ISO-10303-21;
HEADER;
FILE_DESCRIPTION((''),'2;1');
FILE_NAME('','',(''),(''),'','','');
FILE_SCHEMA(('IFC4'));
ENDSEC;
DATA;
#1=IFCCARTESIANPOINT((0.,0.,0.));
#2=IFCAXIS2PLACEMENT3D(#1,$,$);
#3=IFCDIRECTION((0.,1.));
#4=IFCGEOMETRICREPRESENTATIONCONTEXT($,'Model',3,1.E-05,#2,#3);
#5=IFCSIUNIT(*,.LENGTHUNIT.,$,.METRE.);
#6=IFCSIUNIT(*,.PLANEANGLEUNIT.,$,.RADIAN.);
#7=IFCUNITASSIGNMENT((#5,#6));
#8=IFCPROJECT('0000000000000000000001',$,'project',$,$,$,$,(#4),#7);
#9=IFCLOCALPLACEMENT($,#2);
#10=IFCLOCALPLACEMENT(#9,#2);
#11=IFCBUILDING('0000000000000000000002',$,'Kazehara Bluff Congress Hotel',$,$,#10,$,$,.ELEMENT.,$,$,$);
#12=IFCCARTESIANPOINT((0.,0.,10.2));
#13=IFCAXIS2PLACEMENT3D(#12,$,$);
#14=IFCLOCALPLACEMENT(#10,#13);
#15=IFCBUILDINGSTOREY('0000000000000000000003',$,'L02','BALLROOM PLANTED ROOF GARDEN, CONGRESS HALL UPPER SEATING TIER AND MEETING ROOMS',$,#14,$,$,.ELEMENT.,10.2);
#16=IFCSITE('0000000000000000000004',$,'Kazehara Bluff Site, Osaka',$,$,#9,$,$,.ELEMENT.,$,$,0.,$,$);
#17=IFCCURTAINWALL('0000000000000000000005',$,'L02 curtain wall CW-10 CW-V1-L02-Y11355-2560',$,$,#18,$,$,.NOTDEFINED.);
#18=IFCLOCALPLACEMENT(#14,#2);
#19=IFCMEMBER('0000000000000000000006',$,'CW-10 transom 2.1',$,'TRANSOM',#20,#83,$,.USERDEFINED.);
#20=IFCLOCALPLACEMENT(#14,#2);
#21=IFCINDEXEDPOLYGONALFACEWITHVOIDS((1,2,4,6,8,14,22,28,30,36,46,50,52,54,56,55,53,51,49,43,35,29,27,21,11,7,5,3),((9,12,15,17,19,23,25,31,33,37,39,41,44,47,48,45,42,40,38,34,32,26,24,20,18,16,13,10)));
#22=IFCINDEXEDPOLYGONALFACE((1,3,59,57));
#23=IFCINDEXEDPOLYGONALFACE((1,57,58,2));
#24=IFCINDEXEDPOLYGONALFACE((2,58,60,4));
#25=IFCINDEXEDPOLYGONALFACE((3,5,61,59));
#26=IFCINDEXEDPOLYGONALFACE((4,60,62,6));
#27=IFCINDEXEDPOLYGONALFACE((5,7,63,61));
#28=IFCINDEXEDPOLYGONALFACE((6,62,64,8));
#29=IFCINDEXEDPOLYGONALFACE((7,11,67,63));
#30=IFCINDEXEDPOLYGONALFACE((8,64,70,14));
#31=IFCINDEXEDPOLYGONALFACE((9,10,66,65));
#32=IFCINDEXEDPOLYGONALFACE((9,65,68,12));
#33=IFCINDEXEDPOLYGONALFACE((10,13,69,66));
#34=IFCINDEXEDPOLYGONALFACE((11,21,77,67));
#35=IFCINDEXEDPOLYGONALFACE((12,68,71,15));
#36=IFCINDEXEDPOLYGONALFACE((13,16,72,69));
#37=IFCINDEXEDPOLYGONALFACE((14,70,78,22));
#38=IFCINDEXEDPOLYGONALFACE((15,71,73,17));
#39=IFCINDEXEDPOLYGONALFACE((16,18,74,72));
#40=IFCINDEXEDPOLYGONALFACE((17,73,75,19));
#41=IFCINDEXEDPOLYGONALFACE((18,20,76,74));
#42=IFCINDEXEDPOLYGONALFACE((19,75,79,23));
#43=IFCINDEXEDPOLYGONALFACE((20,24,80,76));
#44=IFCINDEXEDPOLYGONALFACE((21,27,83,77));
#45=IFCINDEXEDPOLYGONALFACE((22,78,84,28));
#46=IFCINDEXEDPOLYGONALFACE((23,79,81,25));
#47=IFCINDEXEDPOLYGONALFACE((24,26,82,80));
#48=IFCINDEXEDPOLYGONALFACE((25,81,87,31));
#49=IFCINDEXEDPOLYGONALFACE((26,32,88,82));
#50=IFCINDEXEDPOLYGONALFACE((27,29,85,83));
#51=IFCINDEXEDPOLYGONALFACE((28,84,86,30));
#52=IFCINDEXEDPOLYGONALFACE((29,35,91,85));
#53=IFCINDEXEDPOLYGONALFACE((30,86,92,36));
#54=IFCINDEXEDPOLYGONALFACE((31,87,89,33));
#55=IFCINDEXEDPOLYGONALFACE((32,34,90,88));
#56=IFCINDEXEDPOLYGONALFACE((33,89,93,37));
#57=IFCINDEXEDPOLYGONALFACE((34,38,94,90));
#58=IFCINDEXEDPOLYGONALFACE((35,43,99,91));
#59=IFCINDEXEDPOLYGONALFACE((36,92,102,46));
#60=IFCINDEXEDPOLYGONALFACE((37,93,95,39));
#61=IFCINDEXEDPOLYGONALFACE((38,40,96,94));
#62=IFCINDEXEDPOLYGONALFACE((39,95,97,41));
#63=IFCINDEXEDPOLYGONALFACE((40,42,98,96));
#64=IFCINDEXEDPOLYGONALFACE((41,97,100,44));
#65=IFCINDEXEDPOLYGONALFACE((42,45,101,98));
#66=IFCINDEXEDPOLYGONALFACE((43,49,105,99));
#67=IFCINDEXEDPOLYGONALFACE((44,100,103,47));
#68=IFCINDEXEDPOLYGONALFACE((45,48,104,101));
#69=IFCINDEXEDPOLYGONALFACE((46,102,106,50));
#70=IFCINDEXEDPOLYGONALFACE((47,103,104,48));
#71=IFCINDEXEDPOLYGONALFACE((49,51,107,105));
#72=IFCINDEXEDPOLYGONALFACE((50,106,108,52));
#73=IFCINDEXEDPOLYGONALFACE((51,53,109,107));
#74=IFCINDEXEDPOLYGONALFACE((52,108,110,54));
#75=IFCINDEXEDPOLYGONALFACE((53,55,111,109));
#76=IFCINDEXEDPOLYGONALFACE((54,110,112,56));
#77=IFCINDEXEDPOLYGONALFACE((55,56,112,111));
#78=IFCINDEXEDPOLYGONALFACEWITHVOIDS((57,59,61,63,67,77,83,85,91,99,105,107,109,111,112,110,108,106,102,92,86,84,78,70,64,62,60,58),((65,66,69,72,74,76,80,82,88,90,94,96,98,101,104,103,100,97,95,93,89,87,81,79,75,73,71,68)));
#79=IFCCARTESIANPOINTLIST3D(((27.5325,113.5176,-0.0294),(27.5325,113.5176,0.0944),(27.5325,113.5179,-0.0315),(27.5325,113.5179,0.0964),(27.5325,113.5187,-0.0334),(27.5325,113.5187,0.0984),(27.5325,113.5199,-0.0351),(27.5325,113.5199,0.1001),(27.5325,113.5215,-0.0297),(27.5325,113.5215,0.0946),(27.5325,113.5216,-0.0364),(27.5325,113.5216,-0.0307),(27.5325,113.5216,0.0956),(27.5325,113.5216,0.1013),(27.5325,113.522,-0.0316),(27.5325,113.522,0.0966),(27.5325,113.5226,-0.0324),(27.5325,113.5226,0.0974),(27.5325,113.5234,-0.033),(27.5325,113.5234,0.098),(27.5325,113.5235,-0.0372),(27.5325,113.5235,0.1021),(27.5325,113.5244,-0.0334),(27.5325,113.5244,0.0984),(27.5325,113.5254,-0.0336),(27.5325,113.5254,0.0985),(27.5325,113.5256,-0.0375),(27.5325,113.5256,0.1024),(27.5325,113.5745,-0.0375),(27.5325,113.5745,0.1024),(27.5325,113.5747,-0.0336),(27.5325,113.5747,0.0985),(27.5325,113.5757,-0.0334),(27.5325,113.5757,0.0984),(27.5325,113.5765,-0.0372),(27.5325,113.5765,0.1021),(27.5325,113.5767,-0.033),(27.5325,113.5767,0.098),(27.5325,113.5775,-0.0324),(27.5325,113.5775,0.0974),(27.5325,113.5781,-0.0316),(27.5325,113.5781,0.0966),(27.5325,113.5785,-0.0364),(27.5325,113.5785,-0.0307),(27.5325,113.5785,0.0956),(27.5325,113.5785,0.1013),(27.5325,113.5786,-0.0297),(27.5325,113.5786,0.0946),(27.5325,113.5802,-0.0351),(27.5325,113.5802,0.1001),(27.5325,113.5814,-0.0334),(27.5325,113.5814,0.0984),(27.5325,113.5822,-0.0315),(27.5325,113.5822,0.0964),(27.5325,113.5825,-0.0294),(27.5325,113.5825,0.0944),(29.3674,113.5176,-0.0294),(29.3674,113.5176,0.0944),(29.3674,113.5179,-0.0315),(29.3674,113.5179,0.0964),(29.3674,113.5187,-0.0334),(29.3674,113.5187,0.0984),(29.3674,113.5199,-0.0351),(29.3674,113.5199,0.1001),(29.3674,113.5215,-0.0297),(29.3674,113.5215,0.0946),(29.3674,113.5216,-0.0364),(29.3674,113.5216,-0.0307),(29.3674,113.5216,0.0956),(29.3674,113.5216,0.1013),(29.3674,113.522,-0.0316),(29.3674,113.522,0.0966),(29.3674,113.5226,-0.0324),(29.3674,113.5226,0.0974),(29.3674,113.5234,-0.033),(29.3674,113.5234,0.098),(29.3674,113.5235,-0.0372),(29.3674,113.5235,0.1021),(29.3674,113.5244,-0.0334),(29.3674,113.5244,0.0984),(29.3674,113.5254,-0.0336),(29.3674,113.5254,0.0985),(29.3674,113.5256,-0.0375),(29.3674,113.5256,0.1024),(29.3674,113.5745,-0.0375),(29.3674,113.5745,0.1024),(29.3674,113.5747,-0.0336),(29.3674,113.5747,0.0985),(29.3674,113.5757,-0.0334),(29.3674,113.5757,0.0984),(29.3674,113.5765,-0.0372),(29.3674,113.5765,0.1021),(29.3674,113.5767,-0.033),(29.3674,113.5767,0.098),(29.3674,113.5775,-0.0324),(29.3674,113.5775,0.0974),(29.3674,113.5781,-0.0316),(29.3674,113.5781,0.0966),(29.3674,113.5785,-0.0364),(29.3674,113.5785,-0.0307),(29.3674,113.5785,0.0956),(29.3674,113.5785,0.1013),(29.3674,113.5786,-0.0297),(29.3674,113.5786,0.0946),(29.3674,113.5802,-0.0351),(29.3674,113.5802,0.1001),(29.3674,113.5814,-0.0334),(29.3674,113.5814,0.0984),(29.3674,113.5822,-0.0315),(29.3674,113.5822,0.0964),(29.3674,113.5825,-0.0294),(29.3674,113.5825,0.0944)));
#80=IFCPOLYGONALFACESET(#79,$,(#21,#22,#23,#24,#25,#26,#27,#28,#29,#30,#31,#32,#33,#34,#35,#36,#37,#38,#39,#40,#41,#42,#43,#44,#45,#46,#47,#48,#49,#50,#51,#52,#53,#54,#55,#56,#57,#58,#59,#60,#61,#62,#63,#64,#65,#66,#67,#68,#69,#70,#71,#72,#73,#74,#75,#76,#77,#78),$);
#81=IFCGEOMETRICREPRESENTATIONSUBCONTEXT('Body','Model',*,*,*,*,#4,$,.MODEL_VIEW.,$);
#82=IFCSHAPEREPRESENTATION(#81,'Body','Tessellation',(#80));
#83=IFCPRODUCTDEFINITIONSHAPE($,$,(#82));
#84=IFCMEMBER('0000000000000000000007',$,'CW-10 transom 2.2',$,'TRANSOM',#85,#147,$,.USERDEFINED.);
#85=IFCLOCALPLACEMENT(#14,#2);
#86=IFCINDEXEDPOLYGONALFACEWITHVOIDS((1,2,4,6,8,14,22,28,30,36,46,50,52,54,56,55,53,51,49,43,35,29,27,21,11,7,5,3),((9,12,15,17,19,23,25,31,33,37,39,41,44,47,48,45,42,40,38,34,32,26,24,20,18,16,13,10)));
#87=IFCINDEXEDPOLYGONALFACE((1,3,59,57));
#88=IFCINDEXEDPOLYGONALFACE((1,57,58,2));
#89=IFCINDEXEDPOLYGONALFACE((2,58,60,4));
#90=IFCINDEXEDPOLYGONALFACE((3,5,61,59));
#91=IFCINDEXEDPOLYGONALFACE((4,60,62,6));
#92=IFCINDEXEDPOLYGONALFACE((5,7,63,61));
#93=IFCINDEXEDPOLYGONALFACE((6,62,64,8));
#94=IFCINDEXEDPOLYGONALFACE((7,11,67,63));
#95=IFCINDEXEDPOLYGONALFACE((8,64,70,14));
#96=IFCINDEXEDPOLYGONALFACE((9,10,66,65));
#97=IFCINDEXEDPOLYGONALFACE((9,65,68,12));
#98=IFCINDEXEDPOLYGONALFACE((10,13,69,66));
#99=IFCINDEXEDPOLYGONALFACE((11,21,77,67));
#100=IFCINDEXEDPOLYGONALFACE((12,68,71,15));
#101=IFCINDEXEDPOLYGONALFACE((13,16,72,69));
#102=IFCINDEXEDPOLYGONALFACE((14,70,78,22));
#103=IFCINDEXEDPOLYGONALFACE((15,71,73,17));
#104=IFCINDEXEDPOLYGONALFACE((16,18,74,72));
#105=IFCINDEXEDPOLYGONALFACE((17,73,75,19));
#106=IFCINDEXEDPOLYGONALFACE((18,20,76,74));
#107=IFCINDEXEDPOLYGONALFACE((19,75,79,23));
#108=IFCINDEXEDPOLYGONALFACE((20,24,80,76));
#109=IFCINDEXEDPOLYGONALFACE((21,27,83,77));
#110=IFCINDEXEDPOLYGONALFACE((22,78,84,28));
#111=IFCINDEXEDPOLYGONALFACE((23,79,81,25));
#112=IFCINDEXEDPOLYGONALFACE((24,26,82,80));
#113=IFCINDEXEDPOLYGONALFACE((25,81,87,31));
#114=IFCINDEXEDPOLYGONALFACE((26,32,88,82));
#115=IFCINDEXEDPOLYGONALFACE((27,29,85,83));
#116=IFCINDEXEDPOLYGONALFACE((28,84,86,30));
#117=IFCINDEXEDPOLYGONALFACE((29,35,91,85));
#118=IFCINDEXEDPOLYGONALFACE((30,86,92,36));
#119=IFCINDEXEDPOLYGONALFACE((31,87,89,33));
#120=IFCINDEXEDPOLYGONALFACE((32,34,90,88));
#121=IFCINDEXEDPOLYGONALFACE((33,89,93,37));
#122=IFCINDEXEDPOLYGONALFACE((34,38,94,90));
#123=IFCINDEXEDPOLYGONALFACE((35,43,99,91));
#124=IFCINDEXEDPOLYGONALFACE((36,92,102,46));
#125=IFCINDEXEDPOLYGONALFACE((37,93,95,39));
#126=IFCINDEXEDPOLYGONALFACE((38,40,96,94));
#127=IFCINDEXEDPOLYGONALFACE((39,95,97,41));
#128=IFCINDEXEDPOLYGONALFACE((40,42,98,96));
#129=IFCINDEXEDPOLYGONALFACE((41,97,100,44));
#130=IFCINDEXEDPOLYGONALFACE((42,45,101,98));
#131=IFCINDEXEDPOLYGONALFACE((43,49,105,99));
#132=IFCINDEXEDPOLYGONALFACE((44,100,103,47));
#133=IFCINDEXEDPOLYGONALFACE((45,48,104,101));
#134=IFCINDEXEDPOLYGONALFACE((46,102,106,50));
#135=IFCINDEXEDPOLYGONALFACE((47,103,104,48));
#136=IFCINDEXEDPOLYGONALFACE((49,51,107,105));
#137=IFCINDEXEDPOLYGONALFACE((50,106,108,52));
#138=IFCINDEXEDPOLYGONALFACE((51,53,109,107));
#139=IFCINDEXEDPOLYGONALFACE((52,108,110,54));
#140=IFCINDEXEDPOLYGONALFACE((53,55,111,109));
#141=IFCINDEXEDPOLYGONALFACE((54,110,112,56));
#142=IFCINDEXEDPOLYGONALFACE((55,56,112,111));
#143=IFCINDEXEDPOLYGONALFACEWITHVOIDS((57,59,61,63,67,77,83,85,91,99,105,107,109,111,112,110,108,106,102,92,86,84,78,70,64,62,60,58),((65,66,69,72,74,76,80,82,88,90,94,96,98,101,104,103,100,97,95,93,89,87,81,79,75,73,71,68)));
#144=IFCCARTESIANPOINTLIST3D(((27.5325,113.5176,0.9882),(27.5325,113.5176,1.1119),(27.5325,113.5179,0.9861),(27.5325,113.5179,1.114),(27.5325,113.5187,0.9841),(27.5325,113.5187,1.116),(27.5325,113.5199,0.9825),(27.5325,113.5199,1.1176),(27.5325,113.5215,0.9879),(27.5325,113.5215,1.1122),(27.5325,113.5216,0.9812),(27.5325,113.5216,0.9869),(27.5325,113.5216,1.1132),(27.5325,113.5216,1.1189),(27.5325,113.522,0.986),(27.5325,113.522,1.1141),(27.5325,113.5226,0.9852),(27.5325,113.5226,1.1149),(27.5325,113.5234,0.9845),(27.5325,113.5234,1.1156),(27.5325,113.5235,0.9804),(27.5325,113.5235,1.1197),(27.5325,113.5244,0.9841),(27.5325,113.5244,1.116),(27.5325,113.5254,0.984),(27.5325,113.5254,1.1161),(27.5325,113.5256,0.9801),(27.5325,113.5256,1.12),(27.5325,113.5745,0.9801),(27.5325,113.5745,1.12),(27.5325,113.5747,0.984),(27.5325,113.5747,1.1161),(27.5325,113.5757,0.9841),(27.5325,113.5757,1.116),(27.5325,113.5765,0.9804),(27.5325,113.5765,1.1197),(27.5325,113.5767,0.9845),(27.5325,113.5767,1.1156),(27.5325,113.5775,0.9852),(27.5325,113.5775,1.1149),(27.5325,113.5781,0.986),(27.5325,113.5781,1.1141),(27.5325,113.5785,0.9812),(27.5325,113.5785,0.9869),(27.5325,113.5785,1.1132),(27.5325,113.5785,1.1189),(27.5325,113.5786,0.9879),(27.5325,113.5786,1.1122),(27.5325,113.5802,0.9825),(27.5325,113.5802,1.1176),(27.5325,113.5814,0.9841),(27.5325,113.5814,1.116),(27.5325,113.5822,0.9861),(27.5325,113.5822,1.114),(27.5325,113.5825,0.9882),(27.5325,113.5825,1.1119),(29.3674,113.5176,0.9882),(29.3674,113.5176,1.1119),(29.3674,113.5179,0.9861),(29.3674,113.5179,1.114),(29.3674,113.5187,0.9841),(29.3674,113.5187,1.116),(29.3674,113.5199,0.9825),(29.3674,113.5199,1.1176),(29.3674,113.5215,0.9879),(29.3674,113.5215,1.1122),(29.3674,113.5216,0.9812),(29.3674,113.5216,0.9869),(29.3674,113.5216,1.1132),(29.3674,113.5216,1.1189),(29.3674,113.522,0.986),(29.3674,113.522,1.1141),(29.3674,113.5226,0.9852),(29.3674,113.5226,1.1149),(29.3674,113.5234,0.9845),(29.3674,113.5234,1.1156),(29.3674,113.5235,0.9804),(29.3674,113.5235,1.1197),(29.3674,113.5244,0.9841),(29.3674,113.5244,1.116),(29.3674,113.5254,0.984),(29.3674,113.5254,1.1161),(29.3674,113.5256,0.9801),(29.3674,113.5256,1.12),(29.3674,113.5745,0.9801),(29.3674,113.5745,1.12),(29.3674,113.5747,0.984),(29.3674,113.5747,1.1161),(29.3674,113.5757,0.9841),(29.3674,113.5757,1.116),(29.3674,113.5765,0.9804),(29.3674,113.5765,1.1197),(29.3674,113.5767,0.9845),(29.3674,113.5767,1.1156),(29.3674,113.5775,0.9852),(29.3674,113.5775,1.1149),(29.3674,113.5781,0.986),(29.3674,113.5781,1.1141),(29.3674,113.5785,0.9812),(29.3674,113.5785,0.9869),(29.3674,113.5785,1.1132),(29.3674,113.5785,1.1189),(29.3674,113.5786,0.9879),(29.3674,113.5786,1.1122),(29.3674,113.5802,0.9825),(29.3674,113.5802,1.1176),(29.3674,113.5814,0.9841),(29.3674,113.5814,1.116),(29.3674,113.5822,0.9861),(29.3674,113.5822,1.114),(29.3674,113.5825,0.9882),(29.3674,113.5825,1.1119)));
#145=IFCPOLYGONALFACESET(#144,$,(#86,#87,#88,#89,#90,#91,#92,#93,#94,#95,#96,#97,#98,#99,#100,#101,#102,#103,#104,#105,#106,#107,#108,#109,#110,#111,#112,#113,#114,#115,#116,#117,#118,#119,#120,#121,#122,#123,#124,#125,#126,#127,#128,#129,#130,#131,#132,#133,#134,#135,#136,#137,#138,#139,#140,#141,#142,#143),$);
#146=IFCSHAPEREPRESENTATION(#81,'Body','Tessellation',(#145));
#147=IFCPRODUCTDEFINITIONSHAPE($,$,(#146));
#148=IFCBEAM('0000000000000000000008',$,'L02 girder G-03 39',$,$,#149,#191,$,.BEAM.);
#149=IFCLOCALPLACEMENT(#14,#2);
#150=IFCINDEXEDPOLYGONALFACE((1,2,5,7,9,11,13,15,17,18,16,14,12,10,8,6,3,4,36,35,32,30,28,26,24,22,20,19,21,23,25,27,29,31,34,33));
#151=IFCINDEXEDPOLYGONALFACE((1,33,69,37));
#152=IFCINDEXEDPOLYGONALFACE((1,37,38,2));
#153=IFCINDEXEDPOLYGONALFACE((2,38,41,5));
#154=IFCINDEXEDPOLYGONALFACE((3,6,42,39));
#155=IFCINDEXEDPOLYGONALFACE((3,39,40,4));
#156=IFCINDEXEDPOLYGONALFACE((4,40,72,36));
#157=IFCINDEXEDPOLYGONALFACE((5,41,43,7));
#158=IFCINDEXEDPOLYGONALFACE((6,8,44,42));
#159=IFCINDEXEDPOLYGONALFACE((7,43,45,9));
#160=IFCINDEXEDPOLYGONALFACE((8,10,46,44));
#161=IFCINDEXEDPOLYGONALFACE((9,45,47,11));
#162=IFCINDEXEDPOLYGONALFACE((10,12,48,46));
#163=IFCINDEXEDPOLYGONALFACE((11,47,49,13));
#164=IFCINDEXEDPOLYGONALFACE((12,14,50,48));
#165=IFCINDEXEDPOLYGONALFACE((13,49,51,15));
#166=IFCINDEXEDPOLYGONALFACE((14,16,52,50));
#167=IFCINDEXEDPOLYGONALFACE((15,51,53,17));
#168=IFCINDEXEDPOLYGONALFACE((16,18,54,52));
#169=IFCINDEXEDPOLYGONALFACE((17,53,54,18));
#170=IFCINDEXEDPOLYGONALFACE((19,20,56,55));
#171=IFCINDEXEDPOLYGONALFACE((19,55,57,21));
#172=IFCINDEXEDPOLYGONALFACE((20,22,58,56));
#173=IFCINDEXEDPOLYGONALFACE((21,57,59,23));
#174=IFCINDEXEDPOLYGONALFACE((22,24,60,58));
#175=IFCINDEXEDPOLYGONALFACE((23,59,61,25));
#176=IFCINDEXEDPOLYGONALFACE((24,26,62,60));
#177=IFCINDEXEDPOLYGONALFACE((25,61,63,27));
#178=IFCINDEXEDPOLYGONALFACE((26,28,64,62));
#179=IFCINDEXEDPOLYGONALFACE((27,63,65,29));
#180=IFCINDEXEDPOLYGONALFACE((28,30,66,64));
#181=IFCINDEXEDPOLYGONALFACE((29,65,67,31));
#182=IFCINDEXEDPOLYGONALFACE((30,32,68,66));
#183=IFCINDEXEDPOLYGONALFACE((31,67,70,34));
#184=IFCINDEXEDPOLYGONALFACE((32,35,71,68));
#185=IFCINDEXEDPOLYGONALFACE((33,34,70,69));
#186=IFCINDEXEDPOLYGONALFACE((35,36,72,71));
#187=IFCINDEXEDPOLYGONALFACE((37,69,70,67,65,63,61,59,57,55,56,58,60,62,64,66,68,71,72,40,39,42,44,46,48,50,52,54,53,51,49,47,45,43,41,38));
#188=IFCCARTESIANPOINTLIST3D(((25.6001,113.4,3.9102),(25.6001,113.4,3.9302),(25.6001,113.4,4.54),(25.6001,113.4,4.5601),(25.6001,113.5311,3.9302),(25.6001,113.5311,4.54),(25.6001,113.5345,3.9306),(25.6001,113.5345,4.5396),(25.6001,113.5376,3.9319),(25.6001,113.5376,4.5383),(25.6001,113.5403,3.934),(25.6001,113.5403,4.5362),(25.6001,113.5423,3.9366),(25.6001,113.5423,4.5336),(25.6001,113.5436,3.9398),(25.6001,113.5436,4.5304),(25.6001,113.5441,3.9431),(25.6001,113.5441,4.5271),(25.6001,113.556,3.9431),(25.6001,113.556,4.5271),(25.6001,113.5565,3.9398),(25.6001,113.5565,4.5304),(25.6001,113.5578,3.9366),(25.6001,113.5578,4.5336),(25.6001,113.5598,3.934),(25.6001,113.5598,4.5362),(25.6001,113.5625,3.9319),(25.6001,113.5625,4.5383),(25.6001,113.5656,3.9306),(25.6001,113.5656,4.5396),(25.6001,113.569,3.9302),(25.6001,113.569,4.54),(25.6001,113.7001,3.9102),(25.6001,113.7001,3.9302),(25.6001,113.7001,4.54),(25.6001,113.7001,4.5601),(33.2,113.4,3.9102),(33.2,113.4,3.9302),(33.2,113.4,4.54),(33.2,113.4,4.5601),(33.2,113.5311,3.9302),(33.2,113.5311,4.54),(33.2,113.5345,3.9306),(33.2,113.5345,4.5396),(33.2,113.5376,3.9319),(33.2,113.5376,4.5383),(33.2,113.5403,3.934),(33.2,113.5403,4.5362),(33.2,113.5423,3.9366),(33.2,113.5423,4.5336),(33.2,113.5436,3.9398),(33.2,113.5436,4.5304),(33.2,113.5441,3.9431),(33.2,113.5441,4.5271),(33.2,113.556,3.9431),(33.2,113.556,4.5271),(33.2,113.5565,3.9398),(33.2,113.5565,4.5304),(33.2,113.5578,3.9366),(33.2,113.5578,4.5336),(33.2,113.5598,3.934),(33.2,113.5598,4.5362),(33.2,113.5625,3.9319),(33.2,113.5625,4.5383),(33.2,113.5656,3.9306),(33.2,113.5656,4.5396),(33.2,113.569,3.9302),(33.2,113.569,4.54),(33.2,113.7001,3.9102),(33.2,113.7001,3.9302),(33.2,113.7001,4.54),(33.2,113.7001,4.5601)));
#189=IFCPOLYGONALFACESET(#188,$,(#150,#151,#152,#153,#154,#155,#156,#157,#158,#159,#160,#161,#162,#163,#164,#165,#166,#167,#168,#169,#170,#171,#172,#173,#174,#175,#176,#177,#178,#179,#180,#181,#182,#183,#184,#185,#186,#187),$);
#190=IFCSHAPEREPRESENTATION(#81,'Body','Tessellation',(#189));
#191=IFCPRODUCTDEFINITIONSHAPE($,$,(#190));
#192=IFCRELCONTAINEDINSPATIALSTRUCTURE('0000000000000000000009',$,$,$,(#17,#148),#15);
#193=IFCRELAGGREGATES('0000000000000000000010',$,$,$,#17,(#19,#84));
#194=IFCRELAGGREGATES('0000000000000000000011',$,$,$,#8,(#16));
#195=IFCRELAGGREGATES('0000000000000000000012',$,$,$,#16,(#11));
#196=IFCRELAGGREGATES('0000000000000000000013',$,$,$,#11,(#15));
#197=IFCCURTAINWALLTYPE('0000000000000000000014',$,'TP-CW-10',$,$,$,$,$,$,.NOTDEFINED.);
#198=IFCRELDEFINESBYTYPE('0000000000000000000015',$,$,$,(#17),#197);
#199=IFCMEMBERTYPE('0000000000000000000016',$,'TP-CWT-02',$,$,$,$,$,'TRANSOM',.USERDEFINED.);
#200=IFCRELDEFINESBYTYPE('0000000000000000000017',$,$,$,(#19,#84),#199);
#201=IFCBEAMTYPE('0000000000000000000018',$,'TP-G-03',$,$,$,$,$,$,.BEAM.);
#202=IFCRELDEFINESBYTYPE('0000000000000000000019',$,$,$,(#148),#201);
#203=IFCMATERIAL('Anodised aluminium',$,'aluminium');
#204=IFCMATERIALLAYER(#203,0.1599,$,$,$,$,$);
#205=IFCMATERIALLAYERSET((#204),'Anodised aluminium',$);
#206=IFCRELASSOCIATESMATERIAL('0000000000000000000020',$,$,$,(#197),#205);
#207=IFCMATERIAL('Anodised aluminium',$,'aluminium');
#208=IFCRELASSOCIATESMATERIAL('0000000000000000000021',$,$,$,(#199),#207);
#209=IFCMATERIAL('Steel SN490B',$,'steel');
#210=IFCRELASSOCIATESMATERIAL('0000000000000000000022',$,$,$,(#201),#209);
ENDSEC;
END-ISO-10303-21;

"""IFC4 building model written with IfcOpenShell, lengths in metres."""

from ifc_helpers import new_model, si_unit, direction, frame, origin, origin_2d, place, context, subcontext, project, spatial, hollow_rectangle, i_section, extrude, material, layer, layer_set, material_profile, profile_set, type_object, element, aggregate, save


model = new_model("IFC4")

# Units and contexts
model_context = context("Model", 3, precision=1e-05, world=origin(), true_north=direction((0.0, 1.0)))
body_context = subcontext(model_context, "Body", "Model", "MODEL_VIEW")
ifc_project = project(units=[si_unit("LENGTHUNIT", "METRE"), si_unit("PLANEANGLEUNIT", "RADIAN")], contexts=[model_context])

# Site, building, storey
site_placement = place(None, origin())
site = spatial("IfcSite", under=ifc_project, at=site_placement, Name="Kazehara Bluff Site, Osaka", CompositionType="ELEMENT", RefElevation=0.0)
building_placement = place(site_placement, origin())
building = spatial("IfcBuilding", under=site, at=building_placement, Name="Kazehara Bluff Congress Hotel", CompositionType="ELEMENT")
storey_placement = place(building_placement, frame((0.0, 0.0, 10.2)))
storey = spatial("IfcBuildingStorey", under=building, at=storey_placement, Name="L02", Description="BALLROOM PLANTED ROOF GARDEN, CONGRESS HALL UPPER SEATING TIER AND MEETING ROOMS", CompositionType="ELEMENT", Elevation=10.2)

# Curtain wall
ifc_material_1 = material(Name="Anodised aluminium", Category="aluminium")
ifc_layer_1 = layer(ifc_material_1, 0.1599)
ifc_layer_set_1 = layer_set([ifc_layer_1], Name="Anodised aluminium")
curtain_wall_type_1 = type_object("IfcCurtainWallType", Name="TP-CW-10", PredefinedType="NOTDEFINED", material=ifc_layer_set_1)
curtain_wall_1_placement = place(storey_placement, origin())
curtain_wall_1 = element("IfcCurtainWall", 1, at=curtain_wall_1_placement, inside=storey, type_object=curtain_wall_type_1, Name="L02 curtain wall CW-10 CW-V1-L02-Y11355-2560", PredefinedType="NOTDEFINED")

# Members
ifc_material_2 = material(Name="Anodised aluminium", Category="aluminium")
ifc_material_profile_1 = material_profile(ifc_material_2, hollow_rectangle(XDim=0.0649, YDim=0.1399, WallThickness=0.0039, InnerFilletRadius=0.0039, OuterFilletRadius=0.0081, at=origin_2d()))
ifc_profile_set_1 = profile_set([ifc_material_profile_1], Name="Anodised aluminium")
member_type_1 = type_object("IfcMemberType", Name="TP-CWT-02", ElementType="TRANSOM", PredefinedType="USERDEFINED", material=ifc_profile_set_1)
member_1_placement = place(storey_placement, frame((27.5325, 113.55, 0.0325), z_axis=(1.0, 0.0, 0.0), x_axis=(0.0, 1.0, 0.0)))
member_1 = element("IfcMember", 2, at=member_1_placement, type_object=member_type_1, Name="CW-10 transom 2.1", ObjectType="TRANSOM", PredefinedType="USERDEFINED", context=body_context, shape_type="SweptSolid", body=[
    extrude(hollow_rectangle(XDim=0.0649, YDim=0.1399, WallThickness=0.0039, InnerFilletRadius=0.0039, OuterFilletRadius=0.0081, at=origin_2d()), origin(), (0.0, 0.0, 1.0), 1.835),
])
member_2_placement = place(storey_placement, frame((27.5325, 113.55, 1.05), z_axis=(1.0, 0.0, 0.0), x_axis=(0.0, 1.0, 0.0)))
member_2 = element("IfcMember", 3, at=member_2_placement, type_object=member_type_1, Name="CW-10 transom 2.2", ObjectType="TRANSOM", PredefinedType="USERDEFINED", context=body_context, shape_type="SweptSolid", body=[
    extrude(hollow_rectangle(XDim=0.0649, YDim=0.1399, WallThickness=0.0039, InnerFilletRadius=0.0039, OuterFilletRadius=0.0081, at=origin_2d()), origin(), (0.0, 0.0, 1.0), 1.835),
])

# Beam
ifc_material_3 = material(Name="Steel SN490B", Category="steel")
ifc_material_profile_2 = material_profile(ifc_material_3, i_section(OverallWidth=0.3, OverallDepth=0.6499, WebThickness=0.012, FlangeThickness=0.02, FilletRadius=0.0129, at=origin_2d()))
ifc_profile_set_2 = profile_set([ifc_material_profile_2], Name="Steel SN490B")
beam_type = type_object("IfcBeamType", Name="TP-G-03", PredefinedType="BEAM", material=ifc_profile_set_2)
beam_placement = place(storey_placement, frame((25.6001, 113.55, 4.2351), z_axis=(1.0, 0.0, 0.0), x_axis=(0.0, 1.0, 0.0)))
element("IfcBeam", 4, at=beam_placement, inside=storey, type_object=beam_type, Name="L02 girder G-03 39", PredefinedType="BEAM", context=body_context, shape_type="SweptSolid", body=[
    extrude(i_section(OverallWidth=0.3, OverallDepth=0.6499, WebThickness=0.012, FlangeThickness=0.02, FilletRadius=0.0129, at=origin_2d()), origin(), (0.0, 0.0, 1.0), 7.5999),
])

aggregate(curtain_wall_1, [member_1, member_2])

save(model, "model.ifc")
